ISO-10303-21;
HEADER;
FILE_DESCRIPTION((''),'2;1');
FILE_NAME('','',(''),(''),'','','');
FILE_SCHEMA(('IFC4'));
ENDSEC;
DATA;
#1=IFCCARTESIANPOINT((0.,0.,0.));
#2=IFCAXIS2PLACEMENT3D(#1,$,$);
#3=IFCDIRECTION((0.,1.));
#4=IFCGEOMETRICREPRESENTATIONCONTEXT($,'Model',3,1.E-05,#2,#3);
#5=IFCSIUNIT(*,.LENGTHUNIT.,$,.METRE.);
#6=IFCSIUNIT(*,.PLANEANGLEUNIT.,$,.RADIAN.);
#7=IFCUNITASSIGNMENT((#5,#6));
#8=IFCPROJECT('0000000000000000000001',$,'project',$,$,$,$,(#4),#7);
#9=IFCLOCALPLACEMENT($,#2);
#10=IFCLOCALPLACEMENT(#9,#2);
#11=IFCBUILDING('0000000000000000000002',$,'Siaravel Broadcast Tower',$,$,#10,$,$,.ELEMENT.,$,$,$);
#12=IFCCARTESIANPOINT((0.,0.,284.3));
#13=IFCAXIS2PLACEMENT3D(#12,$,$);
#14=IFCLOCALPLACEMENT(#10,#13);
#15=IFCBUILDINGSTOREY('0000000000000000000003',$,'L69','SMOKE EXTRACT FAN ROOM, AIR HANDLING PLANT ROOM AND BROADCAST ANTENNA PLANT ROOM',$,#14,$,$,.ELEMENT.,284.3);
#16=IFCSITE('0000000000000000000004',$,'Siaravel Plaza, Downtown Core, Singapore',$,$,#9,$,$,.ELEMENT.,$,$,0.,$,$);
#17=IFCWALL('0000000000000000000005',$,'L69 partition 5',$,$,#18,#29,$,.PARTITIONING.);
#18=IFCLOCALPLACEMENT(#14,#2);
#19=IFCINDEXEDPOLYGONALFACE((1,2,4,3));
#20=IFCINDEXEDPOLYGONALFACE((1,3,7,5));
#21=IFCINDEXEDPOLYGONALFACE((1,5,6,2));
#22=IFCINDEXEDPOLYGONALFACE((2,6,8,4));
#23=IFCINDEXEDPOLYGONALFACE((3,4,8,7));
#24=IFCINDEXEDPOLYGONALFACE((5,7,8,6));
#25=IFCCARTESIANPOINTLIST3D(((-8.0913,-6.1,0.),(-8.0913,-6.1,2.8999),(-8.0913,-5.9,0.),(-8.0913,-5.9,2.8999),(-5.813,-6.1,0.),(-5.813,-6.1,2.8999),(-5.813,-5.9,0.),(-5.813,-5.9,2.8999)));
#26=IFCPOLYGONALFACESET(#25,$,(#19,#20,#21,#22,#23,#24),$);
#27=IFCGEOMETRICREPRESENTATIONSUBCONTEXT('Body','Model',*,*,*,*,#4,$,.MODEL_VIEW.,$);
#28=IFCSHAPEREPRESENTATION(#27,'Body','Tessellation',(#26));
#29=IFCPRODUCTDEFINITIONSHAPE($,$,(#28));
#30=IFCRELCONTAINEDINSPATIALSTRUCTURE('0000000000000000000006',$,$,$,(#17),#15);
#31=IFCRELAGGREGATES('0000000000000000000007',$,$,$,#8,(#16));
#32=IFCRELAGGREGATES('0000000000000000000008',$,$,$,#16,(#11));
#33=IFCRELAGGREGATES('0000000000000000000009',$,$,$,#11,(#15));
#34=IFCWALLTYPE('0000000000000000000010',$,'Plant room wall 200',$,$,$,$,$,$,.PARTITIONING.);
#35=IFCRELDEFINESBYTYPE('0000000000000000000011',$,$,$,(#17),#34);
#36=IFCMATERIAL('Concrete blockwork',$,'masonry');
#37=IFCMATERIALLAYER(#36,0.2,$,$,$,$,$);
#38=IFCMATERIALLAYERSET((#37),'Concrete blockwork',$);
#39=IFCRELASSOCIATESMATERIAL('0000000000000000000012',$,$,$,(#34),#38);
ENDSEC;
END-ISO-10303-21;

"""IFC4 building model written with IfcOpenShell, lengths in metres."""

from ifc_helpers import new_model, si_unit, direction, frame, frame_2d, origin, place, context, subcontext, project, spatial, rectangle, extrude, material, layer, layer_set, type_object, element, save


model = new_model("IFC4")

# Units and contexts
model_context = context("Model", 3, precision=1e-05, world=origin(), true_north=direction((0.0, 1.0)))
body_context = subcontext(model_context, "Body", "Model", "MODEL_VIEW")
ifc_project = project(units=[si_unit("LENGTHUNIT", "METRE"), si_unit("PLANEANGLEUNIT", "RADIAN")], contexts=[model_context])

# Site, building, storey
site_placement = place(None, origin())
site = spatial("IfcSite", under=ifc_project, at=site_placement, Name="Siaravel Plaza, Downtown Core, Singapore", CompositionType="ELEMENT", RefElevation=0.0)
building_placement = place(site_placement, origin())
building = spatial("IfcBuilding", under=site, at=building_placement, Name="Siaravel Broadcast Tower", CompositionType="ELEMENT")
storey_placement = place(building_placement, frame((0.0, 0.0, 284.3)))
storey = spatial("IfcBuildingStorey", under=building, at=storey_placement, Name="L69", Description="SMOKE EXTRACT FAN ROOM, AIR HANDLING PLANT ROOM AND BROADCAST ANTENNA PLANT ROOM", CompositionType="ELEMENT", Elevation=284.3)

# Shared definitions
ifc_material_1 = material(Name="Concrete blockwork", Category="masonry")
ifc_layer_1 = layer(ifc_material_1, 0.2)
ifc_layer_set_1 = layer_set([ifc_layer_1], Name="Concrete blockwork")
wall_type = type_object("IfcWallType", Name="Plant room wall 200", PredefinedType="PARTITIONING", material=ifc_layer_set_1)

# Wall
wall_1_placement = place(storey_placement, frame((-8.0913, -6.0, 0.0), z_axis=(0.0, 0.0, 1.0), x_axis=(1.0, 0.0, 0.0)))
element("IfcWall", 1, at=wall_1_placement, inside=storey, type_object=wall_type, Name="L69 partition 5", PredefinedType="PARTITIONING", context=body_context, shape_type="SweptSolid", body=[
    extrude(rectangle(XDim=2.2783, YDim=0.2, at=frame_2d((1.1392, 0.0))), origin(), (0.0, 0.0, 1.0), 2.8999),
])

save(model, "model.ifc")
